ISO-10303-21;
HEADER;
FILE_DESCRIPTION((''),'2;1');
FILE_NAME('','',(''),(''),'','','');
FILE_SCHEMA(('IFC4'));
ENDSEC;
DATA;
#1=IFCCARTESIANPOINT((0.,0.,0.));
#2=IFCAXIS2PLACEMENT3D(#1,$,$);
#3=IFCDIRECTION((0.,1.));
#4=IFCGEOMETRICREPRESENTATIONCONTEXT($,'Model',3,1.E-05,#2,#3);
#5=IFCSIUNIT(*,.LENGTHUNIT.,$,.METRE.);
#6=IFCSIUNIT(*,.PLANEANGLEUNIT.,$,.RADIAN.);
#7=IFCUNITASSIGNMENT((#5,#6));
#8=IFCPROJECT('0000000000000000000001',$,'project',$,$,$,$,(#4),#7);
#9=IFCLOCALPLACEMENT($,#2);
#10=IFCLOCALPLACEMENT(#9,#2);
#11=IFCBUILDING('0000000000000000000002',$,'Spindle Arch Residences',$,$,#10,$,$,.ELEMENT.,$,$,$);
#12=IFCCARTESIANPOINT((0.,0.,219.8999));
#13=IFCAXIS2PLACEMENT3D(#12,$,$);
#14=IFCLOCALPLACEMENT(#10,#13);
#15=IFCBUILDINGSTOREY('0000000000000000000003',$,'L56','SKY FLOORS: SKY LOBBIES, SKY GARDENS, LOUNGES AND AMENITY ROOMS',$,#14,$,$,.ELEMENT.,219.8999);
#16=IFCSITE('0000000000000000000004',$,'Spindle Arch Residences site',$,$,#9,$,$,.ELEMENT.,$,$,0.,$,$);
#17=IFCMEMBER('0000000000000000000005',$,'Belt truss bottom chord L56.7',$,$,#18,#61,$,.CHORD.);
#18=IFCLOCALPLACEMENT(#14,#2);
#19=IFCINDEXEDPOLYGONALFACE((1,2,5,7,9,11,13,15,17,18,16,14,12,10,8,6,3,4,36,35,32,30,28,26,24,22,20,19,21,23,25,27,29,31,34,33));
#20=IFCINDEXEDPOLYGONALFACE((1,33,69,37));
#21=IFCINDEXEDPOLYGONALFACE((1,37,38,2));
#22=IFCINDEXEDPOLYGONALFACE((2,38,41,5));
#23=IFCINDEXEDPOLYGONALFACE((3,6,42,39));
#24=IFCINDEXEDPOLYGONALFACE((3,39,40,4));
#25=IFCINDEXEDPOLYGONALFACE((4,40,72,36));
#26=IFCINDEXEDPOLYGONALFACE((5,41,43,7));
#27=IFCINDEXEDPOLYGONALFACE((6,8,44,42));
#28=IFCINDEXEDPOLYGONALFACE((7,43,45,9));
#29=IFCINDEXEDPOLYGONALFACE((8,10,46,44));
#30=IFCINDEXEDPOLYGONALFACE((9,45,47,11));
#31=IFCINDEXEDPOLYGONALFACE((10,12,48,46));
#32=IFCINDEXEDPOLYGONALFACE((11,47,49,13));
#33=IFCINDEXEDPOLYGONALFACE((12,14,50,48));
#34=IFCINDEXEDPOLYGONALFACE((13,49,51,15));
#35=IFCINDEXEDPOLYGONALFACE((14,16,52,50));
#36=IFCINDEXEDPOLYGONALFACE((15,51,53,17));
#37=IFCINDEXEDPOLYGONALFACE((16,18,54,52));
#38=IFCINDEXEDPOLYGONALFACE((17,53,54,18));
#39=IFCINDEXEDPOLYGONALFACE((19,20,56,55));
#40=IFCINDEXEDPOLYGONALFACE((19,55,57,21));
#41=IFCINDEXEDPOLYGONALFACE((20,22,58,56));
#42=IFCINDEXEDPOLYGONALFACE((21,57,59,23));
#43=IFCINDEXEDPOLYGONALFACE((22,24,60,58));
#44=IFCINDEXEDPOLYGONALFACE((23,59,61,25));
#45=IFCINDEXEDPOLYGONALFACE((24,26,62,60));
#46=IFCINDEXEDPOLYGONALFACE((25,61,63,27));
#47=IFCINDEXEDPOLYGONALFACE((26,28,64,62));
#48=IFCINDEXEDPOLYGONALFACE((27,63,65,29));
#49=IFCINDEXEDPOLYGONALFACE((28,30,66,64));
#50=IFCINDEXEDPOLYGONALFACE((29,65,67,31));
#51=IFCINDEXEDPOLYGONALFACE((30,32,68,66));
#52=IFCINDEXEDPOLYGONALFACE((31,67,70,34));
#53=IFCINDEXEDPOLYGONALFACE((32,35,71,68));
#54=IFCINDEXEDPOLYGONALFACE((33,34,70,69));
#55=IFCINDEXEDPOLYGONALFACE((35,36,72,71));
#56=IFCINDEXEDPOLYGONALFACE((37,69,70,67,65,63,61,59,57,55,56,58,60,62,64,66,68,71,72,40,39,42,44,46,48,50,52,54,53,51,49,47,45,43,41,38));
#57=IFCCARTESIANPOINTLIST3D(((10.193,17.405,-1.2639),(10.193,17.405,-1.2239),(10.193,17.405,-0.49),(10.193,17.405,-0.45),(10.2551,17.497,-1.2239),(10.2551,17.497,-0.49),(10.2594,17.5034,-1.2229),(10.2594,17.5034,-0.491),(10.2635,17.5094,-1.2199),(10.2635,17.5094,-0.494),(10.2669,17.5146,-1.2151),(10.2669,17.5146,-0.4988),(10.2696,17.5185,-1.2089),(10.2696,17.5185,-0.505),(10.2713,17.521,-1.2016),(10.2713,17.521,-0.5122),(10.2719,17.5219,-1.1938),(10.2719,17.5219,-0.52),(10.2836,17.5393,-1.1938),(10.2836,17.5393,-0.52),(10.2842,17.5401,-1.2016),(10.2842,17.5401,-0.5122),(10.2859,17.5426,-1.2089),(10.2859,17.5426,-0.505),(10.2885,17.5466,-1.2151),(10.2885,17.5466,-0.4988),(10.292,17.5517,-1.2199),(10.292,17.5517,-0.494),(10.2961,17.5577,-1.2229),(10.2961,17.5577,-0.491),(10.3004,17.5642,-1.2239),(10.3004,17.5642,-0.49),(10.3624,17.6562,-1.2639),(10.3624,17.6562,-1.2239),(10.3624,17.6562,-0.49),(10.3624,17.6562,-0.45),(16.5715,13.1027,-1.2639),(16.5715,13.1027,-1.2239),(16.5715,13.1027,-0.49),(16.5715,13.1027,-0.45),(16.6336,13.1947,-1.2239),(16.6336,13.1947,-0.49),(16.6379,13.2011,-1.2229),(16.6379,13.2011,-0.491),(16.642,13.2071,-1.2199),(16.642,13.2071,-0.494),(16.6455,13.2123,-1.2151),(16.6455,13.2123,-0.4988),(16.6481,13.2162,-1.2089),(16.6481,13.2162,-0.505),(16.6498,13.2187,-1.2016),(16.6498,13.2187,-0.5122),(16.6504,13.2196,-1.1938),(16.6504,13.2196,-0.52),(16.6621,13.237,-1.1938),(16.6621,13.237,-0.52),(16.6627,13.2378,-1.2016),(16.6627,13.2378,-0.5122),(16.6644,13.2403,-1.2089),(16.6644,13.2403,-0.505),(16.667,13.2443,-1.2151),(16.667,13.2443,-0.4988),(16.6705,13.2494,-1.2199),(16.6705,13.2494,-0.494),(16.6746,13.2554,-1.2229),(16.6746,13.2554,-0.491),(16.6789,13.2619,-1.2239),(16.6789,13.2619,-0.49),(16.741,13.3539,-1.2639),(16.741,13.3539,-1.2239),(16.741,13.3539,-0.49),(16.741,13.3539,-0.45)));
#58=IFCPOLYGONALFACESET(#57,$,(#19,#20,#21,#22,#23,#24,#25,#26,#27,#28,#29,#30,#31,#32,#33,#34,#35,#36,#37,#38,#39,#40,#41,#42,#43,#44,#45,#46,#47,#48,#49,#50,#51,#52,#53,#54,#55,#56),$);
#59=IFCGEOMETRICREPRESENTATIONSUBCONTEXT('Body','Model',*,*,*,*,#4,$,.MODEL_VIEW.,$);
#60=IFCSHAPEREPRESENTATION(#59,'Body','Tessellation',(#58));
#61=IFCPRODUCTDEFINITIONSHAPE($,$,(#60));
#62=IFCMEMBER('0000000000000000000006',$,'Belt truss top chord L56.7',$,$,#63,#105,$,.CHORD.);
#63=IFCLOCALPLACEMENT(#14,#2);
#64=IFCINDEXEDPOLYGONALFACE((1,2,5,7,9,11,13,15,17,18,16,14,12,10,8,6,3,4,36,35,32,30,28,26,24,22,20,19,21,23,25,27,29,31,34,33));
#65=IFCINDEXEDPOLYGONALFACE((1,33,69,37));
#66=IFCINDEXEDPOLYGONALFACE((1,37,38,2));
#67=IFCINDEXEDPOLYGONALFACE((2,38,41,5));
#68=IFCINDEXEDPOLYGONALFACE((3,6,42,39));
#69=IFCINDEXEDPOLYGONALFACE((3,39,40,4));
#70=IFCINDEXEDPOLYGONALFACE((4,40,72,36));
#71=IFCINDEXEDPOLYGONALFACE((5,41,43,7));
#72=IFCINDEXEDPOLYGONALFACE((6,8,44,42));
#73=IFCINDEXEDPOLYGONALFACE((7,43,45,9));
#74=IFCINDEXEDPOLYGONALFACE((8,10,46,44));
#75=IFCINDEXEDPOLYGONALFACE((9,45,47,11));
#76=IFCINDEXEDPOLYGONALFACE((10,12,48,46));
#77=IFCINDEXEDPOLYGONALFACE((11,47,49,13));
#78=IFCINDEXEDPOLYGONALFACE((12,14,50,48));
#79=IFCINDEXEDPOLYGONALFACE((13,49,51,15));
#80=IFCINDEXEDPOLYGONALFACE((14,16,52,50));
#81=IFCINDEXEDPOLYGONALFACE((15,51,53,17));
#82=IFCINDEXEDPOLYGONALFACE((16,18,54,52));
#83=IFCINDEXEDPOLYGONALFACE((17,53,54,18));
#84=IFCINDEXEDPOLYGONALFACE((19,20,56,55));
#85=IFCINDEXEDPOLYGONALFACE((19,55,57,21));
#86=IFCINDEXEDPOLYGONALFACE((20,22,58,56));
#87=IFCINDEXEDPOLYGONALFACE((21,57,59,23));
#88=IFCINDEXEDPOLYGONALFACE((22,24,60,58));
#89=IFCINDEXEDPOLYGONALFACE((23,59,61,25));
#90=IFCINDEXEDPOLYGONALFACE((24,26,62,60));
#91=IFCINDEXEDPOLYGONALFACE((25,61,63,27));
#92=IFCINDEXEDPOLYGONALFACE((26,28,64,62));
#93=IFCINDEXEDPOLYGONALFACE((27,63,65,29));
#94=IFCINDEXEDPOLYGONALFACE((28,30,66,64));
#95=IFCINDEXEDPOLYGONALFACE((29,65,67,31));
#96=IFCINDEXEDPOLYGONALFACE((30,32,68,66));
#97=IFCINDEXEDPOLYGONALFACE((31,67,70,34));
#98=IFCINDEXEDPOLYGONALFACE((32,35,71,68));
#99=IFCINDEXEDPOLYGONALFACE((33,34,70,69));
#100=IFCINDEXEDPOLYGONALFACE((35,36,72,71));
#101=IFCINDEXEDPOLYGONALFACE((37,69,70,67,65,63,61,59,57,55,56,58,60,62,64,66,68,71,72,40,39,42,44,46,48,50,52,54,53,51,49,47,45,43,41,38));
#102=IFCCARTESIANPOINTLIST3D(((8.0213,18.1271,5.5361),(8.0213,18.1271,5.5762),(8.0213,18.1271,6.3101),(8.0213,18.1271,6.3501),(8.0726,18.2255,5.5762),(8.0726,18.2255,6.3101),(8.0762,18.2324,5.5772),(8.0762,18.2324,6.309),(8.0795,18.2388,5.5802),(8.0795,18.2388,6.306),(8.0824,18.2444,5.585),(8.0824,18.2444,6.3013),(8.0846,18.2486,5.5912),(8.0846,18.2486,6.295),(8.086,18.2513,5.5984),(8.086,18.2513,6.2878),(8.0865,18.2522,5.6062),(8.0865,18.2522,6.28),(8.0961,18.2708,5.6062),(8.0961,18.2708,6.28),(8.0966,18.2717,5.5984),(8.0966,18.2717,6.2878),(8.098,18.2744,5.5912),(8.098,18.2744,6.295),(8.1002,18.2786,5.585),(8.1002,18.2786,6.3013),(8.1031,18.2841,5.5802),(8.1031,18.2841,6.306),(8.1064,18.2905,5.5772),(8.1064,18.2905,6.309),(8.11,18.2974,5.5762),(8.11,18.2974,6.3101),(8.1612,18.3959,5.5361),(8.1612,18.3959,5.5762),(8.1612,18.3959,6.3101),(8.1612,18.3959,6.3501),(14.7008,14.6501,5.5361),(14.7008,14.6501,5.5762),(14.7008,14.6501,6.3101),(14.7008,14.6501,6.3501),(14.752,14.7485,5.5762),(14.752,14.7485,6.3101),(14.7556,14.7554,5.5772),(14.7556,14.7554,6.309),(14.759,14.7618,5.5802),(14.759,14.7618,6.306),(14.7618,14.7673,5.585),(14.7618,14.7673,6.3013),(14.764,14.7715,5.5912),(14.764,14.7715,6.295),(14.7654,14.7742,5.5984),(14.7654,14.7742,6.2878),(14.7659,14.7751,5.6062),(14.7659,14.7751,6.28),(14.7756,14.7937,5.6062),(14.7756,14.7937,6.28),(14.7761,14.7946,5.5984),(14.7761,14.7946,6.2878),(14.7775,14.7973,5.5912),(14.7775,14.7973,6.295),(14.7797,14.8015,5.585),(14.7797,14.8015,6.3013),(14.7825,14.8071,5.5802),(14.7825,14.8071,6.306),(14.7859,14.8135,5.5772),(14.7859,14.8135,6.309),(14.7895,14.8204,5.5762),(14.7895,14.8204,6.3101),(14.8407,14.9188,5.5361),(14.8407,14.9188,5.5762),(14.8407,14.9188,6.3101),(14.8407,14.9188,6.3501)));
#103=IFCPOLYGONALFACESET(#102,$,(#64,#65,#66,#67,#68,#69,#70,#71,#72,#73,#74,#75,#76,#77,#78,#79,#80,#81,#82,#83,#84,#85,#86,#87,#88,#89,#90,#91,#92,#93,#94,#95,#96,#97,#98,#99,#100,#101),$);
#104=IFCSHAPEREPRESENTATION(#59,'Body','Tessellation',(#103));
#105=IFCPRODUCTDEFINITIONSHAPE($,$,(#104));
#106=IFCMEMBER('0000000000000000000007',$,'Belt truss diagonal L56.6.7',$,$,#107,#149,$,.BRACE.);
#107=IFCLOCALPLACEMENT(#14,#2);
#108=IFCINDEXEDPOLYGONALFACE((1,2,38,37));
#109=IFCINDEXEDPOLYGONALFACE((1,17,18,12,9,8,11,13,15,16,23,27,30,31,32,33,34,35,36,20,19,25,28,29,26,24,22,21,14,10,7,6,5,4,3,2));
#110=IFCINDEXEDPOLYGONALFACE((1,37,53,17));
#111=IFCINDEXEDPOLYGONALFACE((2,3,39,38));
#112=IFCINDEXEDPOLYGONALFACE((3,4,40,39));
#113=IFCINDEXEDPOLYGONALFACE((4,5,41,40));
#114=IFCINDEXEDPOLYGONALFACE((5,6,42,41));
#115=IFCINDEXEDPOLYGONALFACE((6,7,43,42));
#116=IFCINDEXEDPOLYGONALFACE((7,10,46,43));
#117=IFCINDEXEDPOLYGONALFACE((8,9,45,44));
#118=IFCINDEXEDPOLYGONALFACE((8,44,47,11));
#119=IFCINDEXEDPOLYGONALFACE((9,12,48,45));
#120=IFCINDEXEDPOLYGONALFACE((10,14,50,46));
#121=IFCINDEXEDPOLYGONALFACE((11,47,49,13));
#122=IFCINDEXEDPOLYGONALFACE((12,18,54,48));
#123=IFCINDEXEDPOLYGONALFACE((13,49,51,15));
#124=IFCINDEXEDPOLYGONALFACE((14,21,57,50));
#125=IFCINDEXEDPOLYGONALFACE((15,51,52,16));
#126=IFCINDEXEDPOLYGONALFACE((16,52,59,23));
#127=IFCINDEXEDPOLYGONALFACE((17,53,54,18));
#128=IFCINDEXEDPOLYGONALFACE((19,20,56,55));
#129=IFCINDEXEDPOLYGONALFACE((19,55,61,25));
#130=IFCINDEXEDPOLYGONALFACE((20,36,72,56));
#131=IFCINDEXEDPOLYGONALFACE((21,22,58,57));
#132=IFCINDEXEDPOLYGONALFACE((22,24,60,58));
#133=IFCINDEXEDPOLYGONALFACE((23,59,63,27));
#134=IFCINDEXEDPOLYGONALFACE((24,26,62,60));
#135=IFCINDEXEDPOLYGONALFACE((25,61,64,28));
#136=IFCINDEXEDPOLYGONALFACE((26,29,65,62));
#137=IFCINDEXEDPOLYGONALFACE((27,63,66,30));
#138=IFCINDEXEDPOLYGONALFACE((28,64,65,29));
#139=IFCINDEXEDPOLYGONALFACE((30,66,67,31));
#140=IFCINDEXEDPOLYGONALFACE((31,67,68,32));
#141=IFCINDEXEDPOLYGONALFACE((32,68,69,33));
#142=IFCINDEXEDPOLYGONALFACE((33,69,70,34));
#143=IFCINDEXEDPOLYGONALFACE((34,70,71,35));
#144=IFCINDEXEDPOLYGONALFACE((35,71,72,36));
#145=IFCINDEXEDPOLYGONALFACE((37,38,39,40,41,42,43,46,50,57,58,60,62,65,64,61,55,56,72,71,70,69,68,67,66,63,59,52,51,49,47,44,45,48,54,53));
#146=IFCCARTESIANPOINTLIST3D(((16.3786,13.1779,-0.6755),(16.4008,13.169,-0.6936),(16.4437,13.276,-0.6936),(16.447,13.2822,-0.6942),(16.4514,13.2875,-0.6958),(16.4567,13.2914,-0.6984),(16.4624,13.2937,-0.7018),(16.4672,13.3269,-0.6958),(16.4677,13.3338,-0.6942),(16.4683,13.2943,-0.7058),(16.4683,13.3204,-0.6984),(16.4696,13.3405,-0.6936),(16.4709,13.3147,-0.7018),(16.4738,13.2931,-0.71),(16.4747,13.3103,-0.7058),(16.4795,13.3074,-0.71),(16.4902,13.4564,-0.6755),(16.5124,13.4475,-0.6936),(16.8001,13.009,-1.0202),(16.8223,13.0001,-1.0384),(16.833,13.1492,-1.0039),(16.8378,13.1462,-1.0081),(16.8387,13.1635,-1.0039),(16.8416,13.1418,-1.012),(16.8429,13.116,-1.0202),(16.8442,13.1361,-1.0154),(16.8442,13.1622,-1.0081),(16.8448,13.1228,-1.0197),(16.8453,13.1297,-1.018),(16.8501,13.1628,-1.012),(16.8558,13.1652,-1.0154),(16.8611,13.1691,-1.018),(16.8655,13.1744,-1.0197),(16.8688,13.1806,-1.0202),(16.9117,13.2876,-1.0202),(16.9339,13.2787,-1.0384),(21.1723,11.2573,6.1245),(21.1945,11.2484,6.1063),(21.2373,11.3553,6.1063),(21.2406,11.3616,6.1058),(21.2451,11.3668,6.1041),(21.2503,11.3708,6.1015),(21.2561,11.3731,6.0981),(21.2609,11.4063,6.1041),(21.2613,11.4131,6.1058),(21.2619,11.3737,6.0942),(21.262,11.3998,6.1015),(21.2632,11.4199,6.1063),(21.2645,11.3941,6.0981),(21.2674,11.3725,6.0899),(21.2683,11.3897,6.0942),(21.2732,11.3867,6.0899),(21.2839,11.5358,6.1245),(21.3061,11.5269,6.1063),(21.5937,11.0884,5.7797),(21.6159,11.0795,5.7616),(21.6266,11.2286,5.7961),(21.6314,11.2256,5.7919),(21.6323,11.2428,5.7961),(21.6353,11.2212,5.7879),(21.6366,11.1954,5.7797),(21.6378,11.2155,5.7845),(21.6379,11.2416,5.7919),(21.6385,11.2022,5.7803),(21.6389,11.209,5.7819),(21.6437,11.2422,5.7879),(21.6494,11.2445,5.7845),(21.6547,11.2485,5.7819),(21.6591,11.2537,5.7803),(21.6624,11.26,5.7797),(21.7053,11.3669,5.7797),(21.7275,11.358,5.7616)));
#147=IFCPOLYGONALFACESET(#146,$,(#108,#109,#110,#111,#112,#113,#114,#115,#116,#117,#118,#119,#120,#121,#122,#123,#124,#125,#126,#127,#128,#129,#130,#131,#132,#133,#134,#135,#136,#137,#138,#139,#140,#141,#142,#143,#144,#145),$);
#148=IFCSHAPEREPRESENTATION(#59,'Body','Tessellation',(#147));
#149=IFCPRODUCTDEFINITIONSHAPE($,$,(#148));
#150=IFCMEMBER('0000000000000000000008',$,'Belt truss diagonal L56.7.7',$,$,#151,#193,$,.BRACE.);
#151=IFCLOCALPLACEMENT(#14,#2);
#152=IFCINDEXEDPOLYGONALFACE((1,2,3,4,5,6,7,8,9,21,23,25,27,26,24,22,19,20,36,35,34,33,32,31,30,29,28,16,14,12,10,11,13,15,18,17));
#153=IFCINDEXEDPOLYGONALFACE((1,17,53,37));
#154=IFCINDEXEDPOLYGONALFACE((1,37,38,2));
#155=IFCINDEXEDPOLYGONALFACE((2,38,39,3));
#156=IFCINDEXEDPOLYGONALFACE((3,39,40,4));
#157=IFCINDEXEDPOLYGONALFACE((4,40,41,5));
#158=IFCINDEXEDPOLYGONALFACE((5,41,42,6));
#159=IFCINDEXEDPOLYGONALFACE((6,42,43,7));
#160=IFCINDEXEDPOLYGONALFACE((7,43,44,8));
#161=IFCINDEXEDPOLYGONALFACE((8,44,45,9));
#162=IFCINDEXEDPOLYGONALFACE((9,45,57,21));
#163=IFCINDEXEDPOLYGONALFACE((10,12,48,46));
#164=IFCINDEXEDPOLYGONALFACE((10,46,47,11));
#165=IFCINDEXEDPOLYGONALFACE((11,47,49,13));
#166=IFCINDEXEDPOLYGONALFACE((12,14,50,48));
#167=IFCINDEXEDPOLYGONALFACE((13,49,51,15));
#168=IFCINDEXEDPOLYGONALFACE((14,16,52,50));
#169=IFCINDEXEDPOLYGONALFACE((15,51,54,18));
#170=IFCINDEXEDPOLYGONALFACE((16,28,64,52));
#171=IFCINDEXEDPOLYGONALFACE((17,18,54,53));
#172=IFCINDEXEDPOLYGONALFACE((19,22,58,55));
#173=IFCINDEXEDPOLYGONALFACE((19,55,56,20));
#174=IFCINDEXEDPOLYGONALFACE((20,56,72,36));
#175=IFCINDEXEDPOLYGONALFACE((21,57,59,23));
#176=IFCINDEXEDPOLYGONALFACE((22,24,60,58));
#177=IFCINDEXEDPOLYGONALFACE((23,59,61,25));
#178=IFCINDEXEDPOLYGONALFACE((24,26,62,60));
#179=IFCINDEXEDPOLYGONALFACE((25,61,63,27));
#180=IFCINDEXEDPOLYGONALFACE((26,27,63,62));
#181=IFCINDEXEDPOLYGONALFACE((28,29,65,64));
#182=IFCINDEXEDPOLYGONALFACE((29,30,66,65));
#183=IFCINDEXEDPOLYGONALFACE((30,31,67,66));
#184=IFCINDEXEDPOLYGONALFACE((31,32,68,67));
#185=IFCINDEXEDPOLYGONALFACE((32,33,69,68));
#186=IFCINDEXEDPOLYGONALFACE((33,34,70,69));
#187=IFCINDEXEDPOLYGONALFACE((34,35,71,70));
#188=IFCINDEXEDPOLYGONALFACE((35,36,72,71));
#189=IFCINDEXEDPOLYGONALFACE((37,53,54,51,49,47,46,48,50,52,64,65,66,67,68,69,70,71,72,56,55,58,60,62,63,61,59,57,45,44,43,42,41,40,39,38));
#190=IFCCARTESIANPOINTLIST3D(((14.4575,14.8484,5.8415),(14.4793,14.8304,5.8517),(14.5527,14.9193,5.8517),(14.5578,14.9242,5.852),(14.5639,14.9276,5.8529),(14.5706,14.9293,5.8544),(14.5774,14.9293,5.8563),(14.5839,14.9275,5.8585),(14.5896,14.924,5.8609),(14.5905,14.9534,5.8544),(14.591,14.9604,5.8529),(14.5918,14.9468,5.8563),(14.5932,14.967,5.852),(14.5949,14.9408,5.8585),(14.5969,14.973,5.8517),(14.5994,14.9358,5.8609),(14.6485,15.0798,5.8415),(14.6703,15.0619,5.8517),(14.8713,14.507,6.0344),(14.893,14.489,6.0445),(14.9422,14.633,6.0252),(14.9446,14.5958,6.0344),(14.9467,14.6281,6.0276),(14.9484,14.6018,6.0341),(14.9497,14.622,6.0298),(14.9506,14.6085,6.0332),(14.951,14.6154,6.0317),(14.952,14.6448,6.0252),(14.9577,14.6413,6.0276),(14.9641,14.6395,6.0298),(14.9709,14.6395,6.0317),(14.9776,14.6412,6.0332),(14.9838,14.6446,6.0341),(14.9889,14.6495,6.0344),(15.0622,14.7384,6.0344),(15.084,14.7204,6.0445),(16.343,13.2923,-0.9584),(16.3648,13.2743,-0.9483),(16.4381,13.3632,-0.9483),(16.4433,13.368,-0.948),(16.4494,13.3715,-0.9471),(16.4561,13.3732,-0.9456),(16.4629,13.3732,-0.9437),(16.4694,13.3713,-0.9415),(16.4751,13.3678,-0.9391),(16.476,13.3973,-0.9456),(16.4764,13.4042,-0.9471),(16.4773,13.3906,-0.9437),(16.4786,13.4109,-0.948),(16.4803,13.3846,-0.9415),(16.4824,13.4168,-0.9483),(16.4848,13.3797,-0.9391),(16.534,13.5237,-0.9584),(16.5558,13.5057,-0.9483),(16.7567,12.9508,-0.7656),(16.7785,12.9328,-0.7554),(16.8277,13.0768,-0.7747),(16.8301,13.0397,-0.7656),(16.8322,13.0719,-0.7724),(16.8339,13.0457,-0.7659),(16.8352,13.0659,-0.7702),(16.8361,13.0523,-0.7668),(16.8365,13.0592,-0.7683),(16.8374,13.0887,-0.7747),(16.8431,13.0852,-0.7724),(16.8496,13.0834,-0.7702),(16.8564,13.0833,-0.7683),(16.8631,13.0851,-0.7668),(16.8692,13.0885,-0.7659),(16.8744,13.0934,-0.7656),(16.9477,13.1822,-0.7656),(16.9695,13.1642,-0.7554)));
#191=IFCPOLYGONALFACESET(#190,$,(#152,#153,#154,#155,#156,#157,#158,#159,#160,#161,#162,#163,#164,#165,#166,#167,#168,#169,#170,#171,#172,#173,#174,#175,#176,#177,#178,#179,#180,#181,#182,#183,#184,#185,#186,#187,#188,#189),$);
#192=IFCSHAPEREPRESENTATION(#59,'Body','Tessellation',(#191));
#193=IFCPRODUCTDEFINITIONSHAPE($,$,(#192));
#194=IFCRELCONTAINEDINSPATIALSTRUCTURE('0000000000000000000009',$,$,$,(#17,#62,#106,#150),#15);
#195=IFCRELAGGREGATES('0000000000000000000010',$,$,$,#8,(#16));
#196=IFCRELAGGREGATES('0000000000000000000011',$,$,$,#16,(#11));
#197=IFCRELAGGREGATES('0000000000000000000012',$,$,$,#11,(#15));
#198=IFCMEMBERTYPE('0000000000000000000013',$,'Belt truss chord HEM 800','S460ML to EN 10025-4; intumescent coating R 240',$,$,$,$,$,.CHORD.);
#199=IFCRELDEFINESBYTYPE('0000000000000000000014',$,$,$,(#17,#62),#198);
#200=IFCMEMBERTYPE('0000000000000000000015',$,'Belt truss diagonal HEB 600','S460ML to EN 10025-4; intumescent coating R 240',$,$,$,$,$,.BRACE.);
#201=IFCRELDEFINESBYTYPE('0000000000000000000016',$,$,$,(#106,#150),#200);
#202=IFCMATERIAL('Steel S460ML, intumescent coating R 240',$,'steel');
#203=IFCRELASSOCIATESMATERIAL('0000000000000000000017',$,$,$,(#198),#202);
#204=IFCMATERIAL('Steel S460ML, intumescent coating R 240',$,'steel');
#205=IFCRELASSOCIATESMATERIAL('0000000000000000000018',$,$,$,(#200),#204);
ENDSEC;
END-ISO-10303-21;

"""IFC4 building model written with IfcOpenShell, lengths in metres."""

from ifc_helpers import new_model, si_unit, direction, frame, origin, origin_2d, place, context, subcontext, project, spatial, i_section, extrude, material, material_profile, profile_set, type_object, element, save


model = new_model("IFC4")

# Units and contexts
model_context = context("Model", 3, precision=1e-05, world=origin(), true_north=direction((0.0, 1.0)))
body_context = subcontext(model_context, "Body", "Model", "MODEL_VIEW")
ifc_project = project(units=[si_unit("LENGTHUNIT", "METRE"), si_unit("PLANEANGLEUNIT", "RADIAN")], contexts=[model_context])

# Site, building, storey
site_placement = place(None, origin())
site = spatial("IfcSite", under=ifc_project, at=site_placement, Name="Spindle Arch Residences site", CompositionType="ELEMENT", RefElevation=0.0)
building_placement = place(site_placement, origin())
building = spatial("IfcBuilding", under=site, at=building_placement, Name="Spindle Arch Residences", CompositionType="ELEMENT")
storey_placement = place(building_placement, frame((0.0, 0.0, 219.8999)))
storey = spatial("IfcBuildingStorey", under=building, at=storey_placement, Name="L56", Description="SKY FLOORS: SKY LOBBIES, SKY GARDENS, LOUNGES AND AMENITY ROOMS", CompositionType="ELEMENT", Elevation=219.8999)

# Members
ifc_material_1 = material(Name="Steel S460ML, intumescent coating R 240", Category="steel")
ifc_material_profile_1 = material_profile(ifc_material_1, i_section(OverallWidth=0.303, OverallDepth=0.814, WebThickness=0.021, FlangeThickness=0.04, FilletRadius=0.03, at=origin_2d()), Name="HEM 800")
ifc_profile_set_1 = profile_set([ifc_material_profile_1], Name="Steel S460ML, intumescent coating R 240")
member_type_1 = type_object("IfcMemberType", Name="Belt truss chord HEM 800", Description="S460ML to EN 10025-4; intumescent coating R 240", PredefinedType="CHORD", material=ifc_profile_set_1)
member_1_placement = place(storey_placement, frame((16.6562, 13.2283, -0.8569), z_axis=(-0.829041, 0.559188, 0.0), x_axis=(-0.559188, -0.829041, 0.0)))
element("IfcMember", 1, at=member_1_placement, inside=storey, type_object=member_type_1, Name="Belt truss bottom chord L56.7", PredefinedType="CHORD", context=body_context, shape_type="SweptSolid", body=[
    extrude(i_section(OverallWidth=0.303, OverallDepth=0.814, WebThickness=0.021, FlangeThickness=0.04, FilletRadius=0.03, at=origin_2d()), origin(), (0.0, 0.0, 1.0), 7.6938),
])
member_2_placement = place(storey_placement, frame((14.7708, 14.7844, 5.9431), z_axis=(-0.887013, 0.461744, 0.0), x_axis=(-0.461744, -0.887013, 0.0)))
element("IfcMember", 2, at=member_2_placement, inside=storey, type_object=member_type_1, Name="Belt truss top chord L56.7", PredefinedType="CHORD", context=body_context, shape_type="SweptSolid", body=[
    extrude(i_section(OverallWidth=0.303, OverallDepth=0.814, WebThickness=0.021, FlangeThickness=0.04, FilletRadius=0.03, at=origin_2d()), origin(), (0.0, 0.0, 1.0), 7.5303),
])
ifc_material_2 = material(Name="Steel S460ML, intumescent coating R 240", Category="steel")
ifc_material_profile_2 = material_profile(ifc_material_2, i_section(OverallWidth=0.3, OverallDepth=0.6001, WebThickness=0.0154, FlangeThickness=0.03, FilletRadius=0.0271, at=origin_2d()), Name="HEB 600")
ifc_profile_set_2 = profile_set([ifc_material_profile_2], Name="Steel S460ML, intumescent coating R 240")
member_type_2 = type_object("IfcMemberType", Name="Belt truss diagonal HEB 600", Description="S460ML to EN 10025-4; intumescent coating R 240", PredefinedType="BRACE", material=ifc_profile_set_2)
member_3_placement = place(storey_placement, frame((16.6562, 13.2283, -0.8569), z_axis=(0.56141, -0.224936, 0.796381), x_axis=(0.37192, 0.928265, 0.0)))
element("IfcMember", 3, at=member_3_placement, inside=storey, type_object=member_type_2, Name="Belt truss diagonal L56.6.7", PredefinedType="BRACE", context=body_context, shape_type="SweptSolid", body=[
    extrude(i_section(OverallWidth=0.3, OverallDepth=0.6001, WebThickness=0.0154, FlangeThickness=0.03, FilletRadius=0.0271, at=origin_2d()), origin(), (0.0, 0.0, 1.0), 8.5386),
])
member_4_placement = place(storey_placement, frame((16.6562, 13.2283, -0.8569), z_axis=(-0.260927, 0.21535, 0.941032), x_axis=(-0.636533, -0.771249, 0.0)))
element("IfcMember", 4, at=member_4_placement, inside=storey, type_object=member_type_2, Name="Belt truss diagonal L56.7.7", PredefinedType="BRACE", context=body_context, shape_type="SweptSolid", body=[
    extrude(i_section(OverallWidth=0.3, OverallDepth=0.6001, WebThickness=0.0154, FlangeThickness=0.03, FilletRadius=0.0271, at=origin_2d()), origin(), (0.0, 0.0, 1.0), 7.2261),
])

save(model, "model.ifc")
